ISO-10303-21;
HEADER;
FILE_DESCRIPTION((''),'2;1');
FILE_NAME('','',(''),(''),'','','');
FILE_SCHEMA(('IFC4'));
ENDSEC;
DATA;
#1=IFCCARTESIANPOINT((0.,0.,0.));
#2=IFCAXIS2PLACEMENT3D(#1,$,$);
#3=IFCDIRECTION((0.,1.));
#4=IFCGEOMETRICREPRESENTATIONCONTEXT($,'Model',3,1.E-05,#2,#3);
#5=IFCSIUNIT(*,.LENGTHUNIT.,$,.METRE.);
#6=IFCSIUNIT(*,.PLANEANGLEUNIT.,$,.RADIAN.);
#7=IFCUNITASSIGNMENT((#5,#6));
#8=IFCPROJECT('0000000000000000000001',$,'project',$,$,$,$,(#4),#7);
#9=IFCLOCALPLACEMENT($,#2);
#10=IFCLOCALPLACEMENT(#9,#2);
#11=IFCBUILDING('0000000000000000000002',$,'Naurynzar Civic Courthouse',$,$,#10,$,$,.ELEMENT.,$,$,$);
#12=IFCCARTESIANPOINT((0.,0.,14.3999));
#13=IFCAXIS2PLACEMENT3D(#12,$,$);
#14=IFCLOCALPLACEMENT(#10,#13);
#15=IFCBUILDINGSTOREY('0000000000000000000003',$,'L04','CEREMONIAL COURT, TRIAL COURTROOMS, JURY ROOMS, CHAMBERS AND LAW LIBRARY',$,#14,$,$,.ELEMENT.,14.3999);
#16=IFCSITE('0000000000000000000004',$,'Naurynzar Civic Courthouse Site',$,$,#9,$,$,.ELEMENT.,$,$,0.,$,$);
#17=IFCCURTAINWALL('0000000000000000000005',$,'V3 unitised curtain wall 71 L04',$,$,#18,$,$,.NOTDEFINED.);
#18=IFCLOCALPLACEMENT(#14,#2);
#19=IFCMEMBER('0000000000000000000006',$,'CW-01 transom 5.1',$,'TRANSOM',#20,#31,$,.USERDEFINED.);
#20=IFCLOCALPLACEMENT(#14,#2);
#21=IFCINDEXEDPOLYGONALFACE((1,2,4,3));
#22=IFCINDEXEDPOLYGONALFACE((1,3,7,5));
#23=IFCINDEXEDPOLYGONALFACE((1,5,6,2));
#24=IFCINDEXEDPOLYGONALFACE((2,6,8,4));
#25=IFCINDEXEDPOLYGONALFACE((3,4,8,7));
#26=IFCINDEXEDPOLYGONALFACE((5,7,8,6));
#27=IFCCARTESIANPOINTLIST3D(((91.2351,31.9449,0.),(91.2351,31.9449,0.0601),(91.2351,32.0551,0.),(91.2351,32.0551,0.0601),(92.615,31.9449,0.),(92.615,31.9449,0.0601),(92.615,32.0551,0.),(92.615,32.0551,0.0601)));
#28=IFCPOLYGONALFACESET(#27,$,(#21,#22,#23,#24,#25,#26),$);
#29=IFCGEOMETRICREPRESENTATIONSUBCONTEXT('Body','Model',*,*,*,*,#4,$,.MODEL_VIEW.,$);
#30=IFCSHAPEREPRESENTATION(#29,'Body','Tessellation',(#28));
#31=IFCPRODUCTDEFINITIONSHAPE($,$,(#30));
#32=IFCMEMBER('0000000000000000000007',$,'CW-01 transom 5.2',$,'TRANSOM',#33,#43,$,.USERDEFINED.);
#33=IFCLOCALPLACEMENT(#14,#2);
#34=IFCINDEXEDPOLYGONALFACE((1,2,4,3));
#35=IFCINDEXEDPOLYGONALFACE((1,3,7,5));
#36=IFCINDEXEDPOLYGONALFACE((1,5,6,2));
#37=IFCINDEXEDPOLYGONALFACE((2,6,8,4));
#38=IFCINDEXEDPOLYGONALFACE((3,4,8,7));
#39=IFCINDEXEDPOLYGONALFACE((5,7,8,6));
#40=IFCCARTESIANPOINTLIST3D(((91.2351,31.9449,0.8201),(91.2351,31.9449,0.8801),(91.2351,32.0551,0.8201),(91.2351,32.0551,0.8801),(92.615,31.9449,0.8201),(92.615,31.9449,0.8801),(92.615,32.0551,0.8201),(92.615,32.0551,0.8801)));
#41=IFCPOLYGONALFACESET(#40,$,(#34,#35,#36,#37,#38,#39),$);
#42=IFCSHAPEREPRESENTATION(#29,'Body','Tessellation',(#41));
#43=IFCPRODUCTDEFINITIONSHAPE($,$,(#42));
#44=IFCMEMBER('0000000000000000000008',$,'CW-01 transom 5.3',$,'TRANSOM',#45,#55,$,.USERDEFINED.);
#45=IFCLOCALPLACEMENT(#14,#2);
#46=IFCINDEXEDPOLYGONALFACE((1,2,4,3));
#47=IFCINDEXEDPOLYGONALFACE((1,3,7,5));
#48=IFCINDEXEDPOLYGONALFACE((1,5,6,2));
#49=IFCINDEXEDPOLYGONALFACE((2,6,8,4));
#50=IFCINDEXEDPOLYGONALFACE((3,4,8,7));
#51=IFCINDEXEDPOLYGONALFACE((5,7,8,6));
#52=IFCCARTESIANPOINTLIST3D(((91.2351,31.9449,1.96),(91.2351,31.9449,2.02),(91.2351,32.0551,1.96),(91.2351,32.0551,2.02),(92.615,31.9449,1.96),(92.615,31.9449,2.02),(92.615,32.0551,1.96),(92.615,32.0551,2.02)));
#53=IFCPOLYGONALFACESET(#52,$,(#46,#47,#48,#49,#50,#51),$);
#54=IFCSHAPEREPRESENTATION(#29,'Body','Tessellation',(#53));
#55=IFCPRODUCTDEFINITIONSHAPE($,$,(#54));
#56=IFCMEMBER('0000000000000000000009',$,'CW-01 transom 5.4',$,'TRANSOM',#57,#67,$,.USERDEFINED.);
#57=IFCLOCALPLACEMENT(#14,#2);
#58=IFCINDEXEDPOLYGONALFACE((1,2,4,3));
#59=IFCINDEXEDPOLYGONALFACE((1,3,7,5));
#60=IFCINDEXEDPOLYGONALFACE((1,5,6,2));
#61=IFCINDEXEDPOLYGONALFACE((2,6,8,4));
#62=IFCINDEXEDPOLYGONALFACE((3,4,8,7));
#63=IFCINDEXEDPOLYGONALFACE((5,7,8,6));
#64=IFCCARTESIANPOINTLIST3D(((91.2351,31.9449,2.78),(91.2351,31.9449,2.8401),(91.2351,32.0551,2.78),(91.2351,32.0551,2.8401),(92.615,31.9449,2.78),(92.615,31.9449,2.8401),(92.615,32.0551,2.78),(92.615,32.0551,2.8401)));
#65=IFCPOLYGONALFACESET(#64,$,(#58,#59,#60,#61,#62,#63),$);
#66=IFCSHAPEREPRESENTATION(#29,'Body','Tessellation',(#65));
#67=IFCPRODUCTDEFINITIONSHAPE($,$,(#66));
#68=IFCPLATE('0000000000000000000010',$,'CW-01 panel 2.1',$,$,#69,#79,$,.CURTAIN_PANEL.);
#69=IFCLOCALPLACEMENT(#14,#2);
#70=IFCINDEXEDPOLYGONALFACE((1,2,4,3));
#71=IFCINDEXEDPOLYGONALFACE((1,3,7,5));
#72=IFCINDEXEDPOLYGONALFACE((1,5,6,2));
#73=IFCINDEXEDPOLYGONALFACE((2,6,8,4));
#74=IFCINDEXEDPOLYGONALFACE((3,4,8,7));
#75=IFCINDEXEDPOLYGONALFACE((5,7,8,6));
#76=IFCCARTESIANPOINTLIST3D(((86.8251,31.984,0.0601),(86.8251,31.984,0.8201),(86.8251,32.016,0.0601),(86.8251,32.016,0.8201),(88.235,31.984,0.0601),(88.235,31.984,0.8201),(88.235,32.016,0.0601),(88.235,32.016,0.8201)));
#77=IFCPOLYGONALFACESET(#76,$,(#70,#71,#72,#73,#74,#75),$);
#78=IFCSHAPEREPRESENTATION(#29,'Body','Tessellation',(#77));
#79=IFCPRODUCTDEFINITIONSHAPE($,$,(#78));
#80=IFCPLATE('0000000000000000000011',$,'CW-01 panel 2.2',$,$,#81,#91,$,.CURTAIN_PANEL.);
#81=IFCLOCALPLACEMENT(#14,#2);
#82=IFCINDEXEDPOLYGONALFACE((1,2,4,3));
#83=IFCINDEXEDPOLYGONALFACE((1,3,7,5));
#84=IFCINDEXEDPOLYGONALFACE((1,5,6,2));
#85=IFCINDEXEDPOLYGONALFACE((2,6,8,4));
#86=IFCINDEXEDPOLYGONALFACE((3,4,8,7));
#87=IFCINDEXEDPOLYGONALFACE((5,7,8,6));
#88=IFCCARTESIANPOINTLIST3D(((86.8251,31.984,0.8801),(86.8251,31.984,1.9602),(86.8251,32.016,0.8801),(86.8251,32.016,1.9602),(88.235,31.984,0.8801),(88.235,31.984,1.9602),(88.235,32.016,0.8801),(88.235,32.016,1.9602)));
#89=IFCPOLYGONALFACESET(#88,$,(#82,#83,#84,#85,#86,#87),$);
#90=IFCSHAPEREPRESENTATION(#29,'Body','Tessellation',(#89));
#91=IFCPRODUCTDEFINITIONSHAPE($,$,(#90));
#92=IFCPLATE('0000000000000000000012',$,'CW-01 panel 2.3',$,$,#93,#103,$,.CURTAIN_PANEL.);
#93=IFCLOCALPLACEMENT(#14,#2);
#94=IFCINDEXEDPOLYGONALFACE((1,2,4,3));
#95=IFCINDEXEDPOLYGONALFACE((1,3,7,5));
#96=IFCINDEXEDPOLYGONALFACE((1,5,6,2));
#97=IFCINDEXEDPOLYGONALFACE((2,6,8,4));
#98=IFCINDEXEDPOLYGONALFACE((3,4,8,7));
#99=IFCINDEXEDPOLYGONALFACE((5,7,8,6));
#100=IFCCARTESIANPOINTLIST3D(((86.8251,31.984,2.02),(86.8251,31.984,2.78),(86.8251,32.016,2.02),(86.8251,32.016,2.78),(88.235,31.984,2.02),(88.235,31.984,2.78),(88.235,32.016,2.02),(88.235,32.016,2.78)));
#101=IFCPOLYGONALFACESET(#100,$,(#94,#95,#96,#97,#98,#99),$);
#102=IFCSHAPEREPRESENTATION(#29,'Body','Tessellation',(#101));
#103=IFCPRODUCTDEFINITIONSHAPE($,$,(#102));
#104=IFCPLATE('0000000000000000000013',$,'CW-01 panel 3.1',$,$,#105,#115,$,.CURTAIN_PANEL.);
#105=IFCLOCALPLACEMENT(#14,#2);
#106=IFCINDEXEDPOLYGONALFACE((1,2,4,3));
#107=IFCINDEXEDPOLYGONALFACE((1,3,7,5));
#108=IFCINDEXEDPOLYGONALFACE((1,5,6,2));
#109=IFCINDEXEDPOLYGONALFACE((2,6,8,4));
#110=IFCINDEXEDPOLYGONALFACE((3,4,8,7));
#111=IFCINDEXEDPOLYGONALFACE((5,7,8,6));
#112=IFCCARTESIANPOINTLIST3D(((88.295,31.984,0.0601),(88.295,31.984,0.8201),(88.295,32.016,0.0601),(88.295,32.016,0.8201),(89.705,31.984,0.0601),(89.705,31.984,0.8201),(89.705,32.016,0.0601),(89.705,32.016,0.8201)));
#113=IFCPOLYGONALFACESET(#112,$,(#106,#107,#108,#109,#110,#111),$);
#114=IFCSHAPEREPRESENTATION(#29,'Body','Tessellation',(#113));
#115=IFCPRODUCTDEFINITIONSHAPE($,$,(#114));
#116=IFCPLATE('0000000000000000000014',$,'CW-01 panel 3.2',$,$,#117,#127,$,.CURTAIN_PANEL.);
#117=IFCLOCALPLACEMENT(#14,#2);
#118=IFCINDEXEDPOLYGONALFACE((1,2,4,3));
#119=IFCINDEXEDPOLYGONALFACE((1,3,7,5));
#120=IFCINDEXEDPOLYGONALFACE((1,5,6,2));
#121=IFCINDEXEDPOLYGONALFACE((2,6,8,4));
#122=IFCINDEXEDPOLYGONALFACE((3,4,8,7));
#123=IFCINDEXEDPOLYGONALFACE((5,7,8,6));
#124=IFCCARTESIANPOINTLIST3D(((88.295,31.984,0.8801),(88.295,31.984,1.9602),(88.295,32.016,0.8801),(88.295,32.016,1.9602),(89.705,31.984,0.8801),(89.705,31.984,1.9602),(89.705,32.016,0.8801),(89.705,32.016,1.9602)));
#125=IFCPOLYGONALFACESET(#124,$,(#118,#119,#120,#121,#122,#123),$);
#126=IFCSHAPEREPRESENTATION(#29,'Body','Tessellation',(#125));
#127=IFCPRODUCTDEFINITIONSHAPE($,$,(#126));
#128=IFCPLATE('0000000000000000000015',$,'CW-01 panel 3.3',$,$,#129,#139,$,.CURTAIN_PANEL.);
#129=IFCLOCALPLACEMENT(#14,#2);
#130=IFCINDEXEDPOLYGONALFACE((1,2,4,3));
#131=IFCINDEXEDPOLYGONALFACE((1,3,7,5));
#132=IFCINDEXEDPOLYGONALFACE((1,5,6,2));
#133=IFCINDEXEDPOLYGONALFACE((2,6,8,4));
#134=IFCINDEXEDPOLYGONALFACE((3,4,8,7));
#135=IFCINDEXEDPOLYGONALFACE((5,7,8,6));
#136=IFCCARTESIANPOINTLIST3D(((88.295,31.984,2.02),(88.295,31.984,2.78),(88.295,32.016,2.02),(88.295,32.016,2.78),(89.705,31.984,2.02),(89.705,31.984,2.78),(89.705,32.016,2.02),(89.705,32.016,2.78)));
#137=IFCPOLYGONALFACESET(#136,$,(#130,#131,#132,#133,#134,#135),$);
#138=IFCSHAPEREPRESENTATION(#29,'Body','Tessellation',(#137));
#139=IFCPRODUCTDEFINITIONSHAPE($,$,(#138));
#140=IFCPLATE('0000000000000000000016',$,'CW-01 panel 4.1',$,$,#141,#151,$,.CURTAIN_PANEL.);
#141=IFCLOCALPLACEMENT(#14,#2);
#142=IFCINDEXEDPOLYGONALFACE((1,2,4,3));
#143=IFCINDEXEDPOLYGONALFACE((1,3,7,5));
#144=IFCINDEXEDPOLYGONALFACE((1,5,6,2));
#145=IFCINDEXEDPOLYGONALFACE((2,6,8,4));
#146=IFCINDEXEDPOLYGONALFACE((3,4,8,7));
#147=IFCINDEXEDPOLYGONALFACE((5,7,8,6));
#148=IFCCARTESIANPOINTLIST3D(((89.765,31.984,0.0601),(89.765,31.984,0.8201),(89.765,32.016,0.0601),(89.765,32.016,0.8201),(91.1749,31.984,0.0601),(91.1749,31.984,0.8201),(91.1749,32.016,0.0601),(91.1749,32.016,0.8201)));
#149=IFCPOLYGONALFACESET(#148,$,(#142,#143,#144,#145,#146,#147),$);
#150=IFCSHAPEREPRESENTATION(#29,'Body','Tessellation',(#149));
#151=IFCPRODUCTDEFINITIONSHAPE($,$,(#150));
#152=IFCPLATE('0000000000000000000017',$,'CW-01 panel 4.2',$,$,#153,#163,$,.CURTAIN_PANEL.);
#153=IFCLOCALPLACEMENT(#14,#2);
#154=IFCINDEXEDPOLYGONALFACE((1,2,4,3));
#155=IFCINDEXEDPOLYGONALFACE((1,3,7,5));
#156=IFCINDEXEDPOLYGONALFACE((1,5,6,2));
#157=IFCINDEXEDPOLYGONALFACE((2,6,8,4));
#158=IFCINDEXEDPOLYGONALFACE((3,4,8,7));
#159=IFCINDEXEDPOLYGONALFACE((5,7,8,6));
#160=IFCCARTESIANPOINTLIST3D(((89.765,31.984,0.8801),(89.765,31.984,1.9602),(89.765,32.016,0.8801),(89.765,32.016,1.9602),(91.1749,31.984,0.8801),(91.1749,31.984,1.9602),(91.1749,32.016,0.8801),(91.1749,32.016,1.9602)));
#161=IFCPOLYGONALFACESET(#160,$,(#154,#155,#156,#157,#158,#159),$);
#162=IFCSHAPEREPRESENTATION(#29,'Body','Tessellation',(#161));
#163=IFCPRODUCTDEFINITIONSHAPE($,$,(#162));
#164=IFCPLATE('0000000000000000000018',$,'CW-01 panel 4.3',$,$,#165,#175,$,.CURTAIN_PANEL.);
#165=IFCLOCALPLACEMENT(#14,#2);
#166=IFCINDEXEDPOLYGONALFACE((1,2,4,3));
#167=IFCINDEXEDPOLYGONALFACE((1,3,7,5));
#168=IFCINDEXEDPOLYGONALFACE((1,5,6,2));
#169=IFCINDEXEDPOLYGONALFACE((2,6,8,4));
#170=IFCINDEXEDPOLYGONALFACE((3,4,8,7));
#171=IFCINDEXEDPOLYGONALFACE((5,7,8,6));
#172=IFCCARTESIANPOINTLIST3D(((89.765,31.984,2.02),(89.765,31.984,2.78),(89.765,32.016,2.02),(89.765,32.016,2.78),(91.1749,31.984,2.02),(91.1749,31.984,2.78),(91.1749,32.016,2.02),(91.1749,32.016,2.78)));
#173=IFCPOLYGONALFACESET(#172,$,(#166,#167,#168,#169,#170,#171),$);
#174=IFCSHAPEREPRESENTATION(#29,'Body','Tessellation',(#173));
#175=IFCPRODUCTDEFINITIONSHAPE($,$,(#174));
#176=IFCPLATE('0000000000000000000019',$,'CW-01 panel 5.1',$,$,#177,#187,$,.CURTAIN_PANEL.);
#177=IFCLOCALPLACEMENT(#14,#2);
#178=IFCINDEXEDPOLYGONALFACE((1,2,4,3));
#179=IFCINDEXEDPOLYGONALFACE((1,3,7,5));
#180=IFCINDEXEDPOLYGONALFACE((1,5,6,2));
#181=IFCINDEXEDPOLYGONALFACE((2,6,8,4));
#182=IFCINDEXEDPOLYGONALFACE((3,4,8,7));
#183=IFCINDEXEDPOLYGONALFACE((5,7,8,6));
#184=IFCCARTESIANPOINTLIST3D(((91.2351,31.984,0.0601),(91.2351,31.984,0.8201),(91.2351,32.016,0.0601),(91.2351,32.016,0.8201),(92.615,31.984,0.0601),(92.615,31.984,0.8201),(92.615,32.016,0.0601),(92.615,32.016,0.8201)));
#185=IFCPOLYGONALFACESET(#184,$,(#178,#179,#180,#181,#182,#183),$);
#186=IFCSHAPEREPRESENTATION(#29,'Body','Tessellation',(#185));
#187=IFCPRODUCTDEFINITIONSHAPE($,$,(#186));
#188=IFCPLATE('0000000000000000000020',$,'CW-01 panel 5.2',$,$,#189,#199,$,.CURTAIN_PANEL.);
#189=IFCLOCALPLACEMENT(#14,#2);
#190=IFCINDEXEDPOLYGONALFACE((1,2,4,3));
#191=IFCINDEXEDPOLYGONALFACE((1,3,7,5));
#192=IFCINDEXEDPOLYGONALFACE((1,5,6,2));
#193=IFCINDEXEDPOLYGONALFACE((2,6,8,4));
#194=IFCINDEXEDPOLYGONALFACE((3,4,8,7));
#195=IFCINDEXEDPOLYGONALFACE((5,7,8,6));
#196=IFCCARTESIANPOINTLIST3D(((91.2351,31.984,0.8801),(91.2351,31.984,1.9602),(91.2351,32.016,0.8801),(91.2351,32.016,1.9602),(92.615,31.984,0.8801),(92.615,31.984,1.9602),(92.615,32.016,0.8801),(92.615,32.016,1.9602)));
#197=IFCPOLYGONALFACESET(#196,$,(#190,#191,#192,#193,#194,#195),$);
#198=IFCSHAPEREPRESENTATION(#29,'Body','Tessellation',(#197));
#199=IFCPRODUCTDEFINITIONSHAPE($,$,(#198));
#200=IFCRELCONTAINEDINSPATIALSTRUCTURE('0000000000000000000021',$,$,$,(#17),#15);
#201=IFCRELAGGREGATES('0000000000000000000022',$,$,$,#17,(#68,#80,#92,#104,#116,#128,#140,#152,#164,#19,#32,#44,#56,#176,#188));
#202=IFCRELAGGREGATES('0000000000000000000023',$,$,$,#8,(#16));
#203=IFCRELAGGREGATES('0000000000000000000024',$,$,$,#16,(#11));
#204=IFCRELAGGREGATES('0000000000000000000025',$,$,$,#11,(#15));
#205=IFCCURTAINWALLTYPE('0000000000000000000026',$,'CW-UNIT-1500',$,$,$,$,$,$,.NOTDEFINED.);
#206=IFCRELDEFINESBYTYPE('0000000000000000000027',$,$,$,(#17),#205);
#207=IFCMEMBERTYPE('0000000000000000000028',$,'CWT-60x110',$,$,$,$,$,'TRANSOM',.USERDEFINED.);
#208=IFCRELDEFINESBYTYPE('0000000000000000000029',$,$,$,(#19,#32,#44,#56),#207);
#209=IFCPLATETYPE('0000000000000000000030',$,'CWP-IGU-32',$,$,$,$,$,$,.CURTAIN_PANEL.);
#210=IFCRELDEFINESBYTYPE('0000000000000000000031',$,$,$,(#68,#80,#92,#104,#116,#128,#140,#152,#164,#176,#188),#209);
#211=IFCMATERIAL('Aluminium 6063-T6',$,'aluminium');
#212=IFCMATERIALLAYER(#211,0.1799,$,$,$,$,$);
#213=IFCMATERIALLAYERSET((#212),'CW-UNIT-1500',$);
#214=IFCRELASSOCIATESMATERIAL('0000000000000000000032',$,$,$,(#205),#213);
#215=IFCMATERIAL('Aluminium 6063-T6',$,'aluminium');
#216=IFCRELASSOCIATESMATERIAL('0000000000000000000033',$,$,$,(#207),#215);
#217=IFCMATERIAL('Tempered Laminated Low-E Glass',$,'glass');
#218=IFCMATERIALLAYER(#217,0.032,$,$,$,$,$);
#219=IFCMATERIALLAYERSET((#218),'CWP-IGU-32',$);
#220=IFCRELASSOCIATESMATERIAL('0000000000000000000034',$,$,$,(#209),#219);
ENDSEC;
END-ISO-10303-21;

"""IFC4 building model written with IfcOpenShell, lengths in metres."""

from ifc_helpers import new_model, si_unit, direction, frame, origin, origin_2d, place, context, subcontext, project, spatial, rectangle, extrude, material, layer, layer_set, material_profile, profile_set, type_object, element, aggregate, save


model = new_model("IFC4")

# Units and contexts
model_context = context("Model", 3, precision=1e-05, world=origin(), true_north=direction((0.0, 1.0)))
body_context = subcontext(model_context, "Body", "Model", "MODEL_VIEW")
ifc_project = project(units=[si_unit("LENGTHUNIT", "METRE"), si_unit("PLANEANGLEUNIT", "RADIAN")], contexts=[model_context])

# Site, building, storey
site_placement = place(None, origin())
site = spatial("IfcSite", under=ifc_project, at=site_placement, Name="Naurynzar Civic Courthouse Site", CompositionType="ELEMENT", RefElevation=0.0)
building_placement = place(site_placement, origin())
building = spatial("IfcBuilding", under=site, at=building_placement, Name="Naurynzar Civic Courthouse", CompositionType="ELEMENT")
storey_placement = place(building_placement, frame((0.0, 0.0, 14.3999)))
storey = spatial("IfcBuildingStorey", under=building, at=storey_placement, Name="L04", Description="CEREMONIAL COURT, TRIAL COURTROOMS, JURY ROOMS, CHAMBERS AND LAW LIBRARY", CompositionType="ELEMENT", Elevation=14.3999)

# Curtain wall, members, plates
ifc_material_1 = material(Name="Aluminium 6063-T6", Category="aluminium")
ifc_layer_1 = layer(ifc_material_1, 0.1799)
ifc_layer_set_1 = layer_set([ifc_layer_1], Name="CW-UNIT-1500")
curtain_wall_type = type_object("IfcCurtainWallType", Name="CW-UNIT-1500", PredefinedType="NOTDEFINED", material=ifc_layer_set_1)
curtain_wall_placement = place(storey_placement, origin())
curtain_wall = element("IfcCurtainWall", 1, at=curtain_wall_placement, inside=storey, type_object=curtain_wall_type, Name="V3 unitised curtain wall 71 L04", PredefinedType="NOTDEFINED")
ifc_material_2 = material(Name="Aluminium 6063-T6", Category="aluminium")
ifc_material_profile_1 = material_profile(ifc_material_2, rectangle(XDim=0.1101, YDim=0.0601, at=origin_2d()), Name="ALU TRANSOM 60x110")
ifc_profile_set_1 = profile_set([ifc_material_profile_1], Name="Aluminium 6063-T6")
member_type_1 = type_object("IfcMemberType", Name="CWT-60x110", ElementType="TRANSOM", PredefinedType="USERDEFINED", material=ifc_profile_set_1)
member_1_placement = place(storey_placement, frame((91.2351, 32.0, 0.03), z_axis=(1.0, 0.0, 0.0), x_axis=(0.0, 1.0, 0.0)))
member_1 = element("IfcMember", 2, at=member_1_placement, type_object=member_type_1, Name="CW-01 transom 5.1", ObjectType="TRANSOM", PredefinedType="USERDEFINED", context=body_context, shape_type="SweptSolid", body=[
    extrude(rectangle(XDim=0.1101, YDim=0.0601, at=origin_2d()), origin(), (0.0, 0.0, 1.0), 1.3799),
])
member_2_placement = place(storey_placement, frame((91.2351, 32.0, 0.8501), z_axis=(1.0, 0.0, 0.0), x_axis=(0.0, 1.0, 0.0)))
member_2 = element("IfcMember", 3, at=member_2_placement, type_object=member_type_1, Name="CW-01 transom 5.2", ObjectType="TRANSOM", PredefinedType="USERDEFINED", context=body_context, shape_type="SweptSolid", body=[
    extrude(rectangle(XDim=0.1101, YDim=0.0601, at=origin_2d()), origin(), (0.0, 0.0, 1.0), 1.3799),
])
member_3_placement = place(storey_placement, frame((91.2351, 32.0, 1.99), z_axis=(1.0, 0.0, 0.0), x_axis=(0.0, 1.0, 0.0)))
member_3 = element("IfcMember", 4, at=member_3_placement, type_object=member_type_1, Name="CW-01 transom 5.3", ObjectType="TRANSOM", PredefinedType="USERDEFINED", context=body_context, shape_type="SweptSolid", body=[
    extrude(rectangle(XDim=0.1101, YDim=0.0601, at=origin_2d()), origin(), (0.0, 0.0, 1.0), 1.3799),
])
member_4_placement = place(storey_placement, frame((91.2351, 32.0, 2.8101), z_axis=(1.0, 0.0, 0.0), x_axis=(0.0, 1.0, 0.0)))
member_4 = element("IfcMember", 5, at=member_4_placement, type_object=member_type_1, Name="CW-01 transom 5.4", ObjectType="TRANSOM", PredefinedType="USERDEFINED", context=body_context, shape_type="SweptSolid", body=[
    extrude(rectangle(XDim=0.1101, YDim=0.0601, at=origin_2d()), origin(), (0.0, 0.0, 1.0), 1.3799),
])
ifc_material_3 = material(Name="Tempered Laminated Low-E Glass", Category="glass")
ifc_layer_2 = layer(ifc_material_3, 0.032)
ifc_layer_set_2 = layer_set([ifc_layer_2], Name="CWP-IGU-32")
plate_type = type_object("IfcPlateType", Name="CWP-IGU-32", PredefinedType="CURTAIN_PANEL", material=ifc_layer_set_2)
plate_1_placement = place(storey_placement, frame((87.53, 32.0, 0.0601), z_axis=(0.0, 0.0, 1.0), x_axis=(1.0, 0.0, 0.0)))
plate_1 = element("IfcPlate", 6, at=plate_1_placement, type_object=plate_type, Name="CW-01 panel 2.1", PredefinedType="CURTAIN_PANEL", context=body_context, shape_type="SweptSolid", body=[
    extrude(rectangle(XDim=1.4099, YDim=0.032, at=origin_2d()), origin(), (0.0, 0.0, 1.0), 0.76),
])
plate_2_placement = place(storey_placement, frame((87.53, 32.0, 0.8801), z_axis=(0.0, 0.0, 1.0), x_axis=(1.0, 0.0, 0.0)))
plate_2 = element("IfcPlate", 7, at=plate_2_placement, type_object=plate_type, Name="CW-01 panel 2.2", PredefinedType="CURTAIN_PANEL", context=body_context, shape_type="SweptSolid", body=[
    extrude(rectangle(XDim=1.4099, YDim=0.032, at=origin_2d()), origin(), (0.0, 0.0, 1.0), 1.0801),
])
plate_3_placement = place(storey_placement, frame((87.53, 32.0, 2.02), z_axis=(0.0, 0.0, 1.0), x_axis=(1.0, 0.0, 0.0)))
plate_3 = element("IfcPlate", 8, at=plate_3_placement, type_object=plate_type, Name="CW-01 panel 2.3", PredefinedType="CURTAIN_PANEL", context=body_context, shape_type="SweptSolid", body=[
    extrude(rectangle(XDim=1.4099, YDim=0.032, at=origin_2d()), origin(), (0.0, 0.0, 1.0), 0.76),
])
plate_4_placement = place(storey_placement, frame((89.0, 32.0, 0.0601), z_axis=(0.0, 0.0, 1.0), x_axis=(1.0, 0.0, 0.0)))
plate_4 = element("IfcPlate", 9, at=plate_4_placement, type_object=plate_type, Name="CW-01 panel 3.1", PredefinedType="CURTAIN_PANEL", context=body_context, shape_type="SweptSolid", body=[
    extrude(rectangle(XDim=1.4099, YDim=0.032, at=origin_2d()), origin(), (0.0, 0.0, 1.0), 0.76),
])
plate_5_placement = place(storey_placement, frame((89.0, 32.0, 0.8801), z_axis=(0.0, 0.0, 1.0), x_axis=(1.0, 0.0, 0.0)))
plate_5 = element("IfcPlate", 10, at=plate_5_placement, type_object=plate_type, Name="CW-01 panel 3.2", PredefinedType="CURTAIN_PANEL", context=body_context, shape_type="SweptSolid", body=[
    extrude(rectangle(XDim=1.4099, YDim=0.032, at=origin_2d()), origin(), (0.0, 0.0, 1.0), 1.0801),
])
plate_6_placement = place(storey_placement, frame((89.0, 32.0, 2.02), z_axis=(0.0, 0.0, 1.0), x_axis=(1.0, 0.0, 0.0)))
plate_6 = element("IfcPlate", 11, at=plate_6_placement, type_object=plate_type, Name="CW-01 panel 3.3", PredefinedType="CURTAIN_PANEL", context=body_context, shape_type="SweptSolid", body=[
    extrude(rectangle(XDim=1.4099, YDim=0.032, at=origin_2d()), origin(), (0.0, 0.0, 1.0), 0.76),
])
plate_7_placement = place(storey_placement, frame((90.47, 32.0, 0.0601), z_axis=(0.0, 0.0, 1.0), x_axis=(1.0, 0.0, 0.0)))
plate_7 = element("IfcPlate", 12, at=plate_7_placement, type_object=plate_type, Name="CW-01 panel 4.1", PredefinedType="CURTAIN_PANEL", context=body_context, shape_type="SweptSolid", body=[
    extrude(rectangle(XDim=1.4099, YDim=0.032, at=origin_2d()), origin(), (0.0, 0.0, 1.0), 0.76),
])
plate_8_placement = place(storey_placement, frame((90.47, 32.0, 0.8801), z_axis=(0.0, 0.0, 1.0), x_axis=(1.0, 0.0, 0.0)))
plate_8 = element("IfcPlate", 13, at=plate_8_placement, type_object=plate_type, Name="CW-01 panel 4.2", PredefinedType="CURTAIN_PANEL", context=body_context, shape_type="SweptSolid", body=[
    extrude(rectangle(XDim=1.4099, YDim=0.032, at=origin_2d()), origin(), (0.0, 0.0, 1.0), 1.0801),
])
plate_9_placement = place(storey_placement, frame((90.47, 32.0, 2.02), z_axis=(0.0, 0.0, 1.0), x_axis=(1.0, 0.0, 0.0)))
plate_9 = element("IfcPlate", 14, at=plate_9_placement, type_object=plate_type, Name="CW-01 panel 4.3", PredefinedType="CURTAIN_PANEL", context=body_context, shape_type="SweptSolid", body=[
    extrude(rectangle(XDim=1.4099, YDim=0.032, at=origin_2d()), origin(), (0.0, 0.0, 1.0), 0.76),
])
plate_10_placement = place(storey_placement, frame((91.925, 32.0, 0.0601), z_axis=(0.0, 0.0, 1.0), x_axis=(1.0, 0.0, 0.0)))
plate_10 = element("IfcPlate", 15, at=plate_10_placement, type_object=plate_type, Name="CW-01 panel 5.1", PredefinedType="CURTAIN_PANEL", context=body_context, shape_type="SweptSolid", body=[
    extrude(rectangle(XDim=1.3799, YDim=0.032, at=origin_2d()), origin(), (0.0, 0.0, 1.0), 0.76),
])
plate_11_placement = place(storey_placement, frame((91.925, 32.0, 0.8801), z_axis=(0.0, 0.0, 1.0), x_axis=(1.0, 0.0, 0.0)))
plate_11 = element("IfcPlate", 16, at=plate_11_placement, type_object=plate_type, Name="CW-01 panel 5.2", PredefinedType="CURTAIN_PANEL", context=body_context, shape_type="SweptSolid", body=[
    extrude(rectangle(XDim=1.3799, YDim=0.032, at=origin_2d()), origin(), (0.0, 0.0, 1.0), 1.0801),
])
aggregate(curtain_wall, [plate_1, plate_2, plate_3, plate_4, plate_5, plate_6, plate_7, plate_8, plate_9, member_1, member_2, member_3, member_4, plate_10, plate_11])

save(model, "model.ifc")
